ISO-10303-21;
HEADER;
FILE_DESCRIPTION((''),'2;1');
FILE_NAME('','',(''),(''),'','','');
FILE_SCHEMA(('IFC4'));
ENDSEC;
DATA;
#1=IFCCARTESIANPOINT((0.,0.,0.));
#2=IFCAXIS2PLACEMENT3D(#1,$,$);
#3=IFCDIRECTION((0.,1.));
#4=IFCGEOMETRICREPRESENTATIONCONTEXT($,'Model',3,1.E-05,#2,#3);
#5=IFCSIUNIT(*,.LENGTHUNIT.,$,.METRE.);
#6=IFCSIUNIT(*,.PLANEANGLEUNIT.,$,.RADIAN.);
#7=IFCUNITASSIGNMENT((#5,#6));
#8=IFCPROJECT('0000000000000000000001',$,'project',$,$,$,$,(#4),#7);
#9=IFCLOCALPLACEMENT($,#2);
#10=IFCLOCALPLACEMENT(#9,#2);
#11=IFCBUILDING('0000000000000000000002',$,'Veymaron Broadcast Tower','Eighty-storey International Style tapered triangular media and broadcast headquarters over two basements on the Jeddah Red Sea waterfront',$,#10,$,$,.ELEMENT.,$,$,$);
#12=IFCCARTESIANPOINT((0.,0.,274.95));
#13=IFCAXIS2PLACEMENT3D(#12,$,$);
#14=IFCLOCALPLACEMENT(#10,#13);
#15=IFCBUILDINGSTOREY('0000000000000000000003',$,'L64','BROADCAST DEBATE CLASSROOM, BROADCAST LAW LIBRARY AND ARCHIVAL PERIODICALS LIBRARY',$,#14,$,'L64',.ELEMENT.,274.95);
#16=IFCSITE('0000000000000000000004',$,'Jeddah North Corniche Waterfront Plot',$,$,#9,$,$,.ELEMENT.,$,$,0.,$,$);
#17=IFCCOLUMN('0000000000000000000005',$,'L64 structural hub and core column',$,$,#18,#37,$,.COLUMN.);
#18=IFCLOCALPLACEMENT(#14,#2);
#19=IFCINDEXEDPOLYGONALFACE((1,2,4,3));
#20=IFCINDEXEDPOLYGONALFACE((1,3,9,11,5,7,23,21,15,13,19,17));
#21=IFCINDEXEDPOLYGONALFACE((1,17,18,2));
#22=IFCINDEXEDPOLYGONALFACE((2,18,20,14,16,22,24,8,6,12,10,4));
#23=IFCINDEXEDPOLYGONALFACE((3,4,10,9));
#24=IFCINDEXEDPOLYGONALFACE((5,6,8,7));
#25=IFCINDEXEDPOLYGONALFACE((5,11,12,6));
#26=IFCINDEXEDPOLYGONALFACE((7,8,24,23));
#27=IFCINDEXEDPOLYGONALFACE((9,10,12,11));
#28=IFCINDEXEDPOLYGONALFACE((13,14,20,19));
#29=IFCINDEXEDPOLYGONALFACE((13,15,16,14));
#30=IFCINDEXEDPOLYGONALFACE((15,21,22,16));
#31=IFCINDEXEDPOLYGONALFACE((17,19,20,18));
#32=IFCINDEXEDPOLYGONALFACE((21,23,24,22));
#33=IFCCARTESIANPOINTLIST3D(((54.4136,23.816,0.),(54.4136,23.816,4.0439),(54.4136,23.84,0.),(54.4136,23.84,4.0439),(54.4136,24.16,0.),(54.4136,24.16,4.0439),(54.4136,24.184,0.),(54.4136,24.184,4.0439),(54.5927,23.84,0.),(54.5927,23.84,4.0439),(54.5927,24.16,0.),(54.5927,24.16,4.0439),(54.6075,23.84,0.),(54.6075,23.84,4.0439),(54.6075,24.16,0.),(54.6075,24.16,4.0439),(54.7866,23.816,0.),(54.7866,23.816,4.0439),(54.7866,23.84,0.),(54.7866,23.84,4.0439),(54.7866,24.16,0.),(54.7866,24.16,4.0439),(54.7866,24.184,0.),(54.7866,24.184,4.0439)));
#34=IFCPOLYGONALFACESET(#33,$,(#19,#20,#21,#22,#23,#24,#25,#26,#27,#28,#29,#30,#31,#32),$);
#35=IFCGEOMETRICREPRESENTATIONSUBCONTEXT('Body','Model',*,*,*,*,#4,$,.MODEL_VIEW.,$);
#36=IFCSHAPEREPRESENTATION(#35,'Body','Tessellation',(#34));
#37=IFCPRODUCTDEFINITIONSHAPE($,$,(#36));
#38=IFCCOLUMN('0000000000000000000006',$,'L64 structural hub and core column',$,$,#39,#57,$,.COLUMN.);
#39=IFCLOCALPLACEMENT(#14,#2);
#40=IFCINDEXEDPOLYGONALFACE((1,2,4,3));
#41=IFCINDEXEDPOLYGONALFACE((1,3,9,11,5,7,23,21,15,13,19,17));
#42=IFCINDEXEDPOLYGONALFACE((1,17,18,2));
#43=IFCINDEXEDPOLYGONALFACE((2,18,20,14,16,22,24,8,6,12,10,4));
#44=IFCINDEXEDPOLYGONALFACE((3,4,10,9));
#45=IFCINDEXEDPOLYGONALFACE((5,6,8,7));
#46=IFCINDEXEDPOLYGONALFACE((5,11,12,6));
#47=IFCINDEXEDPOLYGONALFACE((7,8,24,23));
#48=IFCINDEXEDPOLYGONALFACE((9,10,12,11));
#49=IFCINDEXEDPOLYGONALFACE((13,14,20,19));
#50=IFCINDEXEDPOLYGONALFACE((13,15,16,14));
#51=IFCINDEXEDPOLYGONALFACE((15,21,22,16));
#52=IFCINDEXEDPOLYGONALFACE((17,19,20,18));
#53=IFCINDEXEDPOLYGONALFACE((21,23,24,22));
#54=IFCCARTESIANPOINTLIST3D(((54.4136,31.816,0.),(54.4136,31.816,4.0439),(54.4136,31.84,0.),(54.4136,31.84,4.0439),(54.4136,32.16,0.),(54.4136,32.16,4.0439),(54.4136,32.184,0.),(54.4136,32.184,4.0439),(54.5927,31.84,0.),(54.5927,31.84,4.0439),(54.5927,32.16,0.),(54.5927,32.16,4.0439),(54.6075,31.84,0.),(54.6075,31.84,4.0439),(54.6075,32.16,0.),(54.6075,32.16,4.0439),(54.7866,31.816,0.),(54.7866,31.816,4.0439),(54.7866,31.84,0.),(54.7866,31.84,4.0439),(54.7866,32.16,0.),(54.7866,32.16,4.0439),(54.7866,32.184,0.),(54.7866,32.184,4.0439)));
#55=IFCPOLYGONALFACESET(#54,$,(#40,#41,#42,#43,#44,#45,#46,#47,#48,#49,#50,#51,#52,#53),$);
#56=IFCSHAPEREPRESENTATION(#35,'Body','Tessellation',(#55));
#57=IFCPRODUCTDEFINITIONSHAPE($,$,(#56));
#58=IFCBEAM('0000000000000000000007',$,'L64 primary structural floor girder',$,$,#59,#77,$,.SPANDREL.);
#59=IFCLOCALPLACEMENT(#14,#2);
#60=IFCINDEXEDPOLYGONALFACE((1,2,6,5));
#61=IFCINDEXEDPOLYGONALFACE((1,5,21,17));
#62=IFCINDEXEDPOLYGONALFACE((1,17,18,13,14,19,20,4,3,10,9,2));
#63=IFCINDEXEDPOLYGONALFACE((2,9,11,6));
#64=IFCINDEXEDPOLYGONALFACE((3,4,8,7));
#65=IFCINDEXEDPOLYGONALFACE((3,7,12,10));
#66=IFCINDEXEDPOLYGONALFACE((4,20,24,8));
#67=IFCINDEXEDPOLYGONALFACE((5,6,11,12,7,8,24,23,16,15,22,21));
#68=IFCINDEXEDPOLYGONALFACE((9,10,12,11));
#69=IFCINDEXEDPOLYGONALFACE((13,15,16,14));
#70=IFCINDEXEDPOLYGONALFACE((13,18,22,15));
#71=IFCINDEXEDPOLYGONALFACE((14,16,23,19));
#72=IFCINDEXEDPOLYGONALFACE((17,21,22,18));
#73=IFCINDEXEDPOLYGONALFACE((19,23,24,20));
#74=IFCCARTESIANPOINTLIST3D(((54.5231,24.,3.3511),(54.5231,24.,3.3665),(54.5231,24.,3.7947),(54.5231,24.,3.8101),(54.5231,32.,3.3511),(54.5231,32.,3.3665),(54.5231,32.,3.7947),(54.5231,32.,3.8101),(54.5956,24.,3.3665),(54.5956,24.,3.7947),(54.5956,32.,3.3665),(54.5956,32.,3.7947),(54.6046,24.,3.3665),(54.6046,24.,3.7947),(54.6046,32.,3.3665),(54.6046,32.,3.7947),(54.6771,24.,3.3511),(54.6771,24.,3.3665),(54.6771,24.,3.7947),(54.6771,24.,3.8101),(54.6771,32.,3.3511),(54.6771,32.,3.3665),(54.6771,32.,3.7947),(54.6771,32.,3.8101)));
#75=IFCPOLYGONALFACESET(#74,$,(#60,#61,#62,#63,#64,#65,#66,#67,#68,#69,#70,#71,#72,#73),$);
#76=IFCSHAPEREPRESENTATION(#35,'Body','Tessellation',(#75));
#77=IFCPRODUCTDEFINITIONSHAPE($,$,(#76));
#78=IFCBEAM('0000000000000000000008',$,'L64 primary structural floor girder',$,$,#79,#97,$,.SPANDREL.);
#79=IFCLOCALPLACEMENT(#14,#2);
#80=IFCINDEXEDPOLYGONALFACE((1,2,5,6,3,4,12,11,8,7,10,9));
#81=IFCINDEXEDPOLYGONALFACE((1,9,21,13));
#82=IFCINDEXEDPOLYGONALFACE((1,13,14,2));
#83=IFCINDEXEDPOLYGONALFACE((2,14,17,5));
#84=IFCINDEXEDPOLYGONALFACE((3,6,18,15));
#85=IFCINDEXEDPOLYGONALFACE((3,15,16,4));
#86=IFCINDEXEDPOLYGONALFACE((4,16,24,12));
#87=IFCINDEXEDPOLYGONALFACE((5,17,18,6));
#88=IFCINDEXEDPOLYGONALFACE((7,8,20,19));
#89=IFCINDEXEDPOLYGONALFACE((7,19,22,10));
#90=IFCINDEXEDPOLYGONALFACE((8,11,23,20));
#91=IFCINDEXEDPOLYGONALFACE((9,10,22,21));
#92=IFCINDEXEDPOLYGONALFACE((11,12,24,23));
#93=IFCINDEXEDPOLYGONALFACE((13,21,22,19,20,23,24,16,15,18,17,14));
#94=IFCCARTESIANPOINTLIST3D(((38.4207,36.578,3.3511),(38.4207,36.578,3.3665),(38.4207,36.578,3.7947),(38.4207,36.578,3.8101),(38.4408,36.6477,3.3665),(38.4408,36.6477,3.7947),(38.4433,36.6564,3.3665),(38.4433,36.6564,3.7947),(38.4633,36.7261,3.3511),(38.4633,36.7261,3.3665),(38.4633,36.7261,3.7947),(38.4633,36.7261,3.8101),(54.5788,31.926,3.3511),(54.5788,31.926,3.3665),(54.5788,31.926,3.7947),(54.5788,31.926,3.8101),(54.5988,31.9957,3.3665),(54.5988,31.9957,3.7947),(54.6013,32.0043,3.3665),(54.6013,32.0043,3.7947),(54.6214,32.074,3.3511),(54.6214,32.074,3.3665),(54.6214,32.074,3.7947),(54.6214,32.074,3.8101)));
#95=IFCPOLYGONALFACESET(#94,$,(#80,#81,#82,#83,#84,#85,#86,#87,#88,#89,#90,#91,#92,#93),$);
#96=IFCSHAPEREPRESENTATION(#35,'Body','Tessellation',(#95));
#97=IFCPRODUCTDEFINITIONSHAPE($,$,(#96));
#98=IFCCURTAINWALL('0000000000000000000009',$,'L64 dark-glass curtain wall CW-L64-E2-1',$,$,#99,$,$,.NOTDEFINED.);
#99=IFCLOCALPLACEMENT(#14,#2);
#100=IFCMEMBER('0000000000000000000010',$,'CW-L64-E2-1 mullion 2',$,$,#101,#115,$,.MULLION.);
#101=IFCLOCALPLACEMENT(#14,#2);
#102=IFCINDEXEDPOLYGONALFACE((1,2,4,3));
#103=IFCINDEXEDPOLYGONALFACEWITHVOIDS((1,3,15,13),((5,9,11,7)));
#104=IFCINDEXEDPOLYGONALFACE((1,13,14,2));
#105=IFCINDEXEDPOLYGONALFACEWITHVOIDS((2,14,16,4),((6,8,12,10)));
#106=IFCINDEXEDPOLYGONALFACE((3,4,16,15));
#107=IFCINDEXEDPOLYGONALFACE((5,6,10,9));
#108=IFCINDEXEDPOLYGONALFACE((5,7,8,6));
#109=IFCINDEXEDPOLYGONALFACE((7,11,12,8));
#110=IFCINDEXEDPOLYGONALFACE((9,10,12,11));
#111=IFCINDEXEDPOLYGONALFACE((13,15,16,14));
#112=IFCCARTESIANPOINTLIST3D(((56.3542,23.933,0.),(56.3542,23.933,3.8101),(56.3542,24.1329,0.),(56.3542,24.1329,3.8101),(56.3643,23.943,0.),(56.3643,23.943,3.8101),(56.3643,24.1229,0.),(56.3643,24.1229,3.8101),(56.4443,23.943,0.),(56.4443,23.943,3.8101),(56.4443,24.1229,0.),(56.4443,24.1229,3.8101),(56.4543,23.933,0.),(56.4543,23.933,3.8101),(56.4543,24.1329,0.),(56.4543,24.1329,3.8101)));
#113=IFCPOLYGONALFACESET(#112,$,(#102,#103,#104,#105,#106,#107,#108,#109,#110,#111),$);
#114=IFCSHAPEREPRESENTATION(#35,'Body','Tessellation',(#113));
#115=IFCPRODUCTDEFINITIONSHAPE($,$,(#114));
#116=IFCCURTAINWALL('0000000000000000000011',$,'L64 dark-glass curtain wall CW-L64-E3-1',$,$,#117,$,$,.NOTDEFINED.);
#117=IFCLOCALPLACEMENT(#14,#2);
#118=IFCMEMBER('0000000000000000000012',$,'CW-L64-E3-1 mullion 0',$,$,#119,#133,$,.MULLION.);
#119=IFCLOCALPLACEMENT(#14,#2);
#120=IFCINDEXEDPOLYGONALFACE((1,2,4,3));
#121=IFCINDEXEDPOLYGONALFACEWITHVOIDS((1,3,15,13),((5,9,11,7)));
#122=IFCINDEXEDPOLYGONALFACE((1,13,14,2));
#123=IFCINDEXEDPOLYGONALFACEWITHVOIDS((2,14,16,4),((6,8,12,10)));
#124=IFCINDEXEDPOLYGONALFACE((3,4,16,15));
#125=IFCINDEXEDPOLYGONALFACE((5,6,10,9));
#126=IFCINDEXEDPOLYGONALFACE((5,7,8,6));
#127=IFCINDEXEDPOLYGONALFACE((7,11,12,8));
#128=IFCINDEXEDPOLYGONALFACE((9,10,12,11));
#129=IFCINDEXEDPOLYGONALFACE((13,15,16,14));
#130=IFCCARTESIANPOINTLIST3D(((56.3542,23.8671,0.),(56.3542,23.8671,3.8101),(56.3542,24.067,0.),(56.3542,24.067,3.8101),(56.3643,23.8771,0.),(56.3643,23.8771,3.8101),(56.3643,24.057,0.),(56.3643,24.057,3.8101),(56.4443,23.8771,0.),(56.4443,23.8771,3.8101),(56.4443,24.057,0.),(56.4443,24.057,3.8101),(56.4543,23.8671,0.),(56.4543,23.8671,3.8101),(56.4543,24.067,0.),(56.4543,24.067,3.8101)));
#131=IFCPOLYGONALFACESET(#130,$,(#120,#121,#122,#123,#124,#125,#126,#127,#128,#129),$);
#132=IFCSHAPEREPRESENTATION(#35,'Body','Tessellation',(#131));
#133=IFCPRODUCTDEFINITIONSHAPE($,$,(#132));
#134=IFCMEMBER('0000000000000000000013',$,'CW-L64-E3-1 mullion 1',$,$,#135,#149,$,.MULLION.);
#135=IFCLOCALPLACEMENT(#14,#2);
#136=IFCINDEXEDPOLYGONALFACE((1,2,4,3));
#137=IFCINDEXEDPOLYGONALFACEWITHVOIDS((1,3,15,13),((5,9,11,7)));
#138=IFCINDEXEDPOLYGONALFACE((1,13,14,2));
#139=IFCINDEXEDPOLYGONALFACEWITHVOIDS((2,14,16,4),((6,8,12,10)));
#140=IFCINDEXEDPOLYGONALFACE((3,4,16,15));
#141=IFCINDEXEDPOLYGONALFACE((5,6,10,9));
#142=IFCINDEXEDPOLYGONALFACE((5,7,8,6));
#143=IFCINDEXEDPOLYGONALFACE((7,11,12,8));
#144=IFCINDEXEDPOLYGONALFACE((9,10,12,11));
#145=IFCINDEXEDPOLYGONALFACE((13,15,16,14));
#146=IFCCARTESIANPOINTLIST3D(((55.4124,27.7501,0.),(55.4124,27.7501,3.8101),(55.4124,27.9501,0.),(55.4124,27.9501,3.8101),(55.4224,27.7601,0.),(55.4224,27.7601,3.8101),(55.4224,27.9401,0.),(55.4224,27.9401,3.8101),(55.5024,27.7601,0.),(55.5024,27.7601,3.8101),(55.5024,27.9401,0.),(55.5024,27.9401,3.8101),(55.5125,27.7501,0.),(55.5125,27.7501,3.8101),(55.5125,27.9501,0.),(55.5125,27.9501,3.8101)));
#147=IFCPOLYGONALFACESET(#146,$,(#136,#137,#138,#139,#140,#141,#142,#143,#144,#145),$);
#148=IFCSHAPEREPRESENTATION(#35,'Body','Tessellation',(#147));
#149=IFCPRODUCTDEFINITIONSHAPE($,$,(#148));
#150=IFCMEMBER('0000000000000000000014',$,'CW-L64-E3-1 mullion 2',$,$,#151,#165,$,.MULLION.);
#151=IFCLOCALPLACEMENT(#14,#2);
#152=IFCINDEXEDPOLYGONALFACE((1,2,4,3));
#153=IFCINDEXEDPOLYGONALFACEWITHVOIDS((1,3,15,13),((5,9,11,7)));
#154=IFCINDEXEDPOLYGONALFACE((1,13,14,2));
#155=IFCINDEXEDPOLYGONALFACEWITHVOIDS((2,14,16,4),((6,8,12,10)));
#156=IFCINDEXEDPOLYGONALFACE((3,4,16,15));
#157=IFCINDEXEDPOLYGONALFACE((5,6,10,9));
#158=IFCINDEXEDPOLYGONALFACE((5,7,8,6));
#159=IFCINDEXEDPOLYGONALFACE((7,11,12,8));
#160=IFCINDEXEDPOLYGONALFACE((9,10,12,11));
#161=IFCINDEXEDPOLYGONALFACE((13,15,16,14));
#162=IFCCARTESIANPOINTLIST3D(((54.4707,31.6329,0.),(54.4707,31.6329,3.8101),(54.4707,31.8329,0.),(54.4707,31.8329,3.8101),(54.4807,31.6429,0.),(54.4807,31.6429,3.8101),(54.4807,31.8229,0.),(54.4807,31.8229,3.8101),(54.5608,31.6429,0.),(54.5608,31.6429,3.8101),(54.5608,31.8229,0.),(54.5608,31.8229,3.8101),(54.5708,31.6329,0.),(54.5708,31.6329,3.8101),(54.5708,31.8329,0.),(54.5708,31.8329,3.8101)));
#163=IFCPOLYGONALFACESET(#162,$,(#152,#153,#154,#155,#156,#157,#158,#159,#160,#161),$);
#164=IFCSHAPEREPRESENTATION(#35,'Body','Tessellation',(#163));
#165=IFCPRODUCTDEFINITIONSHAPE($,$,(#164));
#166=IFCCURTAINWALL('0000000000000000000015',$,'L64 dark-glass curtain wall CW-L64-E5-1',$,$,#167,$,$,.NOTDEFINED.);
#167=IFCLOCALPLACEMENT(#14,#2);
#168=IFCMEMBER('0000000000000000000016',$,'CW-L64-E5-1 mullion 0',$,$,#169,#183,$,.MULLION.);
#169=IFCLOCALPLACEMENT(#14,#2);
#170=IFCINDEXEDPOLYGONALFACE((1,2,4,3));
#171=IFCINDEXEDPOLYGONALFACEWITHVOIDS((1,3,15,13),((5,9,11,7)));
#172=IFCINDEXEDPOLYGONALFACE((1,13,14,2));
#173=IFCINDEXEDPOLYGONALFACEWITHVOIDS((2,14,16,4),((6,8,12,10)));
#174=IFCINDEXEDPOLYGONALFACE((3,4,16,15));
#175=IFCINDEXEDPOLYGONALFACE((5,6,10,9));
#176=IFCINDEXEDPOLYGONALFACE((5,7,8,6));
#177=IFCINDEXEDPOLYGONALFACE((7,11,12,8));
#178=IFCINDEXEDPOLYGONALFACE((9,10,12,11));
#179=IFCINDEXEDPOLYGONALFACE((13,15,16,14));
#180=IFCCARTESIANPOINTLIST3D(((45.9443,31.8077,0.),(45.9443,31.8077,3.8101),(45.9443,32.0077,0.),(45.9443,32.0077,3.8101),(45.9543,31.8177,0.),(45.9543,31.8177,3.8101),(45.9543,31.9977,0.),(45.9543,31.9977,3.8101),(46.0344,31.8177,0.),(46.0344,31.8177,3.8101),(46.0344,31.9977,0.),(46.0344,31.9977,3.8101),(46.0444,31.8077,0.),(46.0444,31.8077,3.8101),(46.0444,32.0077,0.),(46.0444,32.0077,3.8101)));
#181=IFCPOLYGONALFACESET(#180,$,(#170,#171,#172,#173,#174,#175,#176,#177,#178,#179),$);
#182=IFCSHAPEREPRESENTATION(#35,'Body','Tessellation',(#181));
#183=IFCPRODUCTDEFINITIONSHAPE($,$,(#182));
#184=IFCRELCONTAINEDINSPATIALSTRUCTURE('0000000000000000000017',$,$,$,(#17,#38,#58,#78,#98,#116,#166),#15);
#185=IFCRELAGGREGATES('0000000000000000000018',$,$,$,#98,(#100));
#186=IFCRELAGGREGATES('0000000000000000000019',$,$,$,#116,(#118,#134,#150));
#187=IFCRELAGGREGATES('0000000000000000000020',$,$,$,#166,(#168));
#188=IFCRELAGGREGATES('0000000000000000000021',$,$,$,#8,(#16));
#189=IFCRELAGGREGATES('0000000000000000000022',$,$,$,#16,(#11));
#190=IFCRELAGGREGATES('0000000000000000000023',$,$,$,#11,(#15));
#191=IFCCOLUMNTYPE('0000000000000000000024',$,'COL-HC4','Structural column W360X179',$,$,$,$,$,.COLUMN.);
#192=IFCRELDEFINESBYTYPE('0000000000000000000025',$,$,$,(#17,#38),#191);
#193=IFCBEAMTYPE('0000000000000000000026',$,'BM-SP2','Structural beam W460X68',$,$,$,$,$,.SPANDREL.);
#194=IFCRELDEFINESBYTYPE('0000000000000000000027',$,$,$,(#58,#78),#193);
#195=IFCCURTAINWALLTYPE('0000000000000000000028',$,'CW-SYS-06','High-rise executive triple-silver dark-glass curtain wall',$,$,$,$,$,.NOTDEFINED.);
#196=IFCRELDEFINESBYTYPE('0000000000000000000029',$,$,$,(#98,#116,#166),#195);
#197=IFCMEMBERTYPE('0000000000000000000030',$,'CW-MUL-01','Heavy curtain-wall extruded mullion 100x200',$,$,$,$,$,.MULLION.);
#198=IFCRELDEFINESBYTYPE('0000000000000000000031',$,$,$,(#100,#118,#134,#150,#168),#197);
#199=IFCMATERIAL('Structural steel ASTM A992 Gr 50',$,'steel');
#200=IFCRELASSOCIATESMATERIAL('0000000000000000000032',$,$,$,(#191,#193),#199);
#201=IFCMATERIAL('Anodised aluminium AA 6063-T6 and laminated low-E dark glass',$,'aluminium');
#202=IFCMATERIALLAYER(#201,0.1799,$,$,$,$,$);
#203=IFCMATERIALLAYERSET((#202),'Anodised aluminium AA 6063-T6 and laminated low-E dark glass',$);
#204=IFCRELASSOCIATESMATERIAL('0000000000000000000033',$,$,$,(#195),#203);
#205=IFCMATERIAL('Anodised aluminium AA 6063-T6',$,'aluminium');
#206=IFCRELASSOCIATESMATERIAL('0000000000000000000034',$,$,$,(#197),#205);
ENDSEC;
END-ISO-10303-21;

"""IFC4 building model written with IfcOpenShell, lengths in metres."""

from ifc_helpers import new_model, si_unit, direction, frame, origin, origin_2d, place, context, subcontext, project, spatial, hollow_rectangle, i_section, extrude, material, layer, layer_set, material_profile, profile_set, type_object, element, aggregate, save


model = new_model("IFC4")

# Units and contexts
model_context = context("Model", 3, precision=1e-05, world=origin(), true_north=direction((0.0, 1.0)))
body_context = subcontext(model_context, "Body", "Model", "MODEL_VIEW")
ifc_project = project(units=[si_unit("LENGTHUNIT", "METRE"), si_unit("PLANEANGLEUNIT", "RADIAN")], contexts=[model_context])

# Site, building, storey
site_placement = place(None, origin())
site = spatial("IfcSite", under=ifc_project, at=site_placement, Name="Jeddah North Corniche Waterfront Plot", CompositionType="ELEMENT", RefElevation=0.0)
building_placement = place(site_placement, origin())
building = spatial("IfcBuilding", under=site, at=building_placement, Name="Veymaron Broadcast Tower", Description="Eighty-storey International Style tapered triangular media and broadcast headquarters over two basements on the Jeddah Red Sea waterfront", CompositionType="ELEMENT")
storey_placement = place(building_placement, frame((0.0, 0.0, 274.95)))
storey = spatial("IfcBuildingStorey", under=building, at=storey_placement, Name="L64", Description="BROADCAST DEBATE CLASSROOM, BROADCAST LAW LIBRARY AND ARCHIVAL PERIODICALS LIBRARY", LongName="L64", CompositionType="ELEMENT", Elevation=274.95)

# Columns
ifc_material_1 = material(Name="Structural steel ASTM A992 Gr 50", Category="steel")
ifc_material_profile_1 = material_profile(ifc_material_1, i_section(OverallWidth=0.373, OverallDepth=0.3679, WebThickness=0.0149, FlangeThickness=0.0239, at=origin_2d()), Name="W360X179")
ifc_profile_set_1 = profile_set([ifc_material_profile_1], Name="Structural steel ASTM A992 Gr 50")
column_type = type_object("IfcColumnType", Name="COL-HC4", Description="Structural column W360X179", PredefinedType="COLUMN", material=ifc_profile_set_1)
for number, where, z_axis, x_axis, name in (
    (1, (54.6001, 24.0, 0.0), (0.0, 0.0, 1.0), (1.0, 0.0, 0.0), "L64 structural hub and core column"),
    (2, (54.6001, 32.0, 0.0), (0.0, 0.0, 1.0), (1.0, 0.0, 0.0), "L64 structural hub and core column"),
):
    element("IfcColumn", number, at=place(storey_placement, frame(where, z_axis=z_axis, x_axis=x_axis)), inside=storey, type_object=column_type, Name=name, PredefinedType="COLUMN", context=body_context, shape_type="SweptSolid", body=[
        extrude(i_section(OverallWidth=0.373, OverallDepth=0.3679, WebThickness=0.0149, FlangeThickness=0.0239, at=origin_2d()), origin(), (0.0, 0.0, 1.0), 4.0439),
    ])

# Beams
ifc_material_profile_2 = material_profile(ifc_material_1, i_section(OverallWidth=0.1541, OverallDepth=0.459, WebThickness=0.009, FlangeThickness=0.0154, at=origin_2d()), Name="W460X68")
ifc_profile_set_2 = profile_set([ifc_material_profile_2], Name="Structural steel ASTM A992 Gr 50")
beam_type = type_object("IfcBeamType", Name="BM-SP2", Description="Structural beam W460X68", PredefinedType="SPANDREL", material=ifc_profile_set_2)
beam_1_placement = place(storey_placement, frame((54.6001, 24.0, 3.5806), z_axis=(0.0, 1.0, 0.0), x_axis=(-1.0, 0.0, 0.0)))
element("IfcBeam", 3, at=beam_1_placement, inside=storey, type_object=beam_type, Name="L64 primary structural floor girder", PredefinedType="SPANDREL", context=body_context, shape_type="SweptSolid", body=[
    extrude(i_section(OverallWidth=0.1541, OverallDepth=0.459, WebThickness=0.009, FlangeThickness=0.0154, at=origin_2d()), origin(), (0.0, 0.0, 1.0), 8.0),
])
beam_2_placement = place(storey_placement, frame((54.6001, 32.0, 3.5806), z_axis=(-0.960965, 0.276671, 0.0), x_axis=(-0.276671, -0.960965, 0.0)))
element("IfcBeam", 4, at=beam_2_placement, inside=storey, type_object=beam_type, Name="L64 primary structural floor girder", PredefinedType="SPANDREL", context=body_context, shape_type="SweptSolid", body=[
    extrude(i_section(OverallWidth=0.1541, OverallDepth=0.459, WebThickness=0.009, FlangeThickness=0.0154, at=origin_2d()), origin(), (0.0, 0.0, 1.0), 16.8145),
])

# Curtain wall, member
ifc_material_2 = material(Name="Anodised aluminium AA 6063-T6 and laminated low-E dark glass", Category="aluminium")
ifc_layer_1 = layer(ifc_material_2, 0.1799)
ifc_layer_set_1 = layer_set([ifc_layer_1], Name="Anodised aluminium AA 6063-T6 and laminated low-E dark glass")
curtain_wall_type = type_object("IfcCurtainWallType", Name="CW-SYS-06", Description="High-rise executive triple-silver dark-glass curtain wall", PredefinedType="NOTDEFINED", material=ifc_layer_set_1)
curtain_wall_1_placement = place(storey_placement, origin())
curtain_wall_1 = element("IfcCurtainWall", 5, at=curtain_wall_1_placement, inside=storey, type_object=curtain_wall_type, Name="L64 dark-glass curtain wall CW-L64-E2-1", PredefinedType="NOTDEFINED")
ifc_material_3 = material(Name="Anodised aluminium AA 6063-T6", Category="aluminium")
ifc_material_profile_3 = material_profile(ifc_material_3, hollow_rectangle(XDim=0.1001, YDim=0.2, WallThickness=0.01, at=origin_2d()), Name="RHS200X100X10")
ifc_profile_set_3 = profile_set([ifc_material_profile_3], Name="Anodised aluminium AA 6063-T6")
member_type_1 = type_object("IfcMemberType", Name="CW-MUL-01", Description="Heavy curtain-wall extruded mullion 100x200", PredefinedType="MULLION", material=ifc_profile_set_3)
member_1_placement = place(storey_placement, frame((56.4043, 24.033, 0.0), z_axis=(0.0, 0.0, 1.0), x_axis=(1.0, 0.0, 0.0)))
member_1 = element("IfcMember", 6, at=member_1_placement, type_object=member_type_1, Name="CW-L64-E2-1 mullion 2", PredefinedType="MULLION", context=body_context, shape_type="SweptSolid", body=[
    extrude(hollow_rectangle(XDim=0.1001, YDim=0.2, WallThickness=0.01, at=origin_2d()), origin(), (0.0, 0.0, 1.0), 3.8101),
])
aggregate(curtain_wall_1, [member_1])

# Curtain wall, members
curtain_wall_2_placement = place(storey_placement, origin())
curtain_wall_2 = element("IfcCurtainWall", 7, at=curtain_wall_2_placement, inside=storey, type_object=curtain_wall_type, Name="L64 dark-glass curtain wall CW-L64-E3-1", PredefinedType="NOTDEFINED")
member_2_placement = place(storey_placement, frame((56.4043, 23.967, 0.0), z_axis=(0.0, 0.0, 1.0), x_axis=(1.0, 0.0, 0.0)))
member_2 = element("IfcMember", 8, at=member_2_placement, type_object=member_type_1, Name="CW-L64-E3-1 mullion 0", PredefinedType="MULLION", context=body_context, shape_type="SweptSolid", body=[
    extrude(hollow_rectangle(XDim=0.1001, YDim=0.2, WallThickness=0.01, at=origin_2d()), origin(), (0.0, 0.0, 1.0), 3.8101),
])
member_3_placement = place(storey_placement, frame((55.4624, 27.8501, 0.0), z_axis=(0.0, 0.0, 1.0), x_axis=(1.0, 0.0, 0.0)))
member_3 = element("IfcMember", 9, at=member_3_placement, type_object=member_type_1, Name="CW-L64-E3-1 mullion 1", PredefinedType="MULLION", context=body_context, shape_type="SweptSolid", body=[
    extrude(hollow_rectangle(XDim=0.1001, YDim=0.2, WallThickness=0.01, at=origin_2d()), origin(), (0.0, 0.0, 1.0), 3.8101),
])
member_4_placement = place(storey_placement, frame((54.5208, 31.7329, 0.0), z_axis=(0.0, 0.0, 1.0), x_axis=(1.0, 0.0, 0.0)))
member_4 = element("IfcMember", 10, at=member_4_placement, type_object=member_type_1, Name="CW-L64-E3-1 mullion 2", PredefinedType="MULLION", context=body_context, shape_type="SweptSolid", body=[
    extrude(hollow_rectangle(XDim=0.1001, YDim=0.2, WallThickness=0.01, at=origin_2d()), origin(), (0.0, 0.0, 1.0), 3.8101),
])

# Curtain wall, member
curtain_wall_3_placement = place(storey_placement, origin())
curtain_wall_3 = element("IfcCurtainWall", 11, at=curtain_wall_3_placement, inside=storey, type_object=curtain_wall_type, Name="L64 dark-glass curtain wall CW-L64-E5-1", PredefinedType="NOTDEFINED")
member_5_placement = place(storey_placement, frame((45.9944, 31.9077, 0.0), z_axis=(0.0, 0.0, 1.0), x_axis=(1.0, 0.0, 0.0)))
member_5 = element("IfcMember", 12, at=member_5_placement, type_object=member_type_1, Name="CW-L64-E5-1 mullion 0", PredefinedType="MULLION", context=body_context, shape_type="SweptSolid", body=[
    extrude(hollow_rectangle(XDim=0.1001, YDim=0.2, WallThickness=0.01, at=origin_2d()), origin(), (0.0, 0.0, 1.0), 3.8101),
])

aggregate(curtain_wall_2, [member_2, member_3, member_4])
aggregate(curtain_wall_3, [member_5])

save(model, "model.ifc")
